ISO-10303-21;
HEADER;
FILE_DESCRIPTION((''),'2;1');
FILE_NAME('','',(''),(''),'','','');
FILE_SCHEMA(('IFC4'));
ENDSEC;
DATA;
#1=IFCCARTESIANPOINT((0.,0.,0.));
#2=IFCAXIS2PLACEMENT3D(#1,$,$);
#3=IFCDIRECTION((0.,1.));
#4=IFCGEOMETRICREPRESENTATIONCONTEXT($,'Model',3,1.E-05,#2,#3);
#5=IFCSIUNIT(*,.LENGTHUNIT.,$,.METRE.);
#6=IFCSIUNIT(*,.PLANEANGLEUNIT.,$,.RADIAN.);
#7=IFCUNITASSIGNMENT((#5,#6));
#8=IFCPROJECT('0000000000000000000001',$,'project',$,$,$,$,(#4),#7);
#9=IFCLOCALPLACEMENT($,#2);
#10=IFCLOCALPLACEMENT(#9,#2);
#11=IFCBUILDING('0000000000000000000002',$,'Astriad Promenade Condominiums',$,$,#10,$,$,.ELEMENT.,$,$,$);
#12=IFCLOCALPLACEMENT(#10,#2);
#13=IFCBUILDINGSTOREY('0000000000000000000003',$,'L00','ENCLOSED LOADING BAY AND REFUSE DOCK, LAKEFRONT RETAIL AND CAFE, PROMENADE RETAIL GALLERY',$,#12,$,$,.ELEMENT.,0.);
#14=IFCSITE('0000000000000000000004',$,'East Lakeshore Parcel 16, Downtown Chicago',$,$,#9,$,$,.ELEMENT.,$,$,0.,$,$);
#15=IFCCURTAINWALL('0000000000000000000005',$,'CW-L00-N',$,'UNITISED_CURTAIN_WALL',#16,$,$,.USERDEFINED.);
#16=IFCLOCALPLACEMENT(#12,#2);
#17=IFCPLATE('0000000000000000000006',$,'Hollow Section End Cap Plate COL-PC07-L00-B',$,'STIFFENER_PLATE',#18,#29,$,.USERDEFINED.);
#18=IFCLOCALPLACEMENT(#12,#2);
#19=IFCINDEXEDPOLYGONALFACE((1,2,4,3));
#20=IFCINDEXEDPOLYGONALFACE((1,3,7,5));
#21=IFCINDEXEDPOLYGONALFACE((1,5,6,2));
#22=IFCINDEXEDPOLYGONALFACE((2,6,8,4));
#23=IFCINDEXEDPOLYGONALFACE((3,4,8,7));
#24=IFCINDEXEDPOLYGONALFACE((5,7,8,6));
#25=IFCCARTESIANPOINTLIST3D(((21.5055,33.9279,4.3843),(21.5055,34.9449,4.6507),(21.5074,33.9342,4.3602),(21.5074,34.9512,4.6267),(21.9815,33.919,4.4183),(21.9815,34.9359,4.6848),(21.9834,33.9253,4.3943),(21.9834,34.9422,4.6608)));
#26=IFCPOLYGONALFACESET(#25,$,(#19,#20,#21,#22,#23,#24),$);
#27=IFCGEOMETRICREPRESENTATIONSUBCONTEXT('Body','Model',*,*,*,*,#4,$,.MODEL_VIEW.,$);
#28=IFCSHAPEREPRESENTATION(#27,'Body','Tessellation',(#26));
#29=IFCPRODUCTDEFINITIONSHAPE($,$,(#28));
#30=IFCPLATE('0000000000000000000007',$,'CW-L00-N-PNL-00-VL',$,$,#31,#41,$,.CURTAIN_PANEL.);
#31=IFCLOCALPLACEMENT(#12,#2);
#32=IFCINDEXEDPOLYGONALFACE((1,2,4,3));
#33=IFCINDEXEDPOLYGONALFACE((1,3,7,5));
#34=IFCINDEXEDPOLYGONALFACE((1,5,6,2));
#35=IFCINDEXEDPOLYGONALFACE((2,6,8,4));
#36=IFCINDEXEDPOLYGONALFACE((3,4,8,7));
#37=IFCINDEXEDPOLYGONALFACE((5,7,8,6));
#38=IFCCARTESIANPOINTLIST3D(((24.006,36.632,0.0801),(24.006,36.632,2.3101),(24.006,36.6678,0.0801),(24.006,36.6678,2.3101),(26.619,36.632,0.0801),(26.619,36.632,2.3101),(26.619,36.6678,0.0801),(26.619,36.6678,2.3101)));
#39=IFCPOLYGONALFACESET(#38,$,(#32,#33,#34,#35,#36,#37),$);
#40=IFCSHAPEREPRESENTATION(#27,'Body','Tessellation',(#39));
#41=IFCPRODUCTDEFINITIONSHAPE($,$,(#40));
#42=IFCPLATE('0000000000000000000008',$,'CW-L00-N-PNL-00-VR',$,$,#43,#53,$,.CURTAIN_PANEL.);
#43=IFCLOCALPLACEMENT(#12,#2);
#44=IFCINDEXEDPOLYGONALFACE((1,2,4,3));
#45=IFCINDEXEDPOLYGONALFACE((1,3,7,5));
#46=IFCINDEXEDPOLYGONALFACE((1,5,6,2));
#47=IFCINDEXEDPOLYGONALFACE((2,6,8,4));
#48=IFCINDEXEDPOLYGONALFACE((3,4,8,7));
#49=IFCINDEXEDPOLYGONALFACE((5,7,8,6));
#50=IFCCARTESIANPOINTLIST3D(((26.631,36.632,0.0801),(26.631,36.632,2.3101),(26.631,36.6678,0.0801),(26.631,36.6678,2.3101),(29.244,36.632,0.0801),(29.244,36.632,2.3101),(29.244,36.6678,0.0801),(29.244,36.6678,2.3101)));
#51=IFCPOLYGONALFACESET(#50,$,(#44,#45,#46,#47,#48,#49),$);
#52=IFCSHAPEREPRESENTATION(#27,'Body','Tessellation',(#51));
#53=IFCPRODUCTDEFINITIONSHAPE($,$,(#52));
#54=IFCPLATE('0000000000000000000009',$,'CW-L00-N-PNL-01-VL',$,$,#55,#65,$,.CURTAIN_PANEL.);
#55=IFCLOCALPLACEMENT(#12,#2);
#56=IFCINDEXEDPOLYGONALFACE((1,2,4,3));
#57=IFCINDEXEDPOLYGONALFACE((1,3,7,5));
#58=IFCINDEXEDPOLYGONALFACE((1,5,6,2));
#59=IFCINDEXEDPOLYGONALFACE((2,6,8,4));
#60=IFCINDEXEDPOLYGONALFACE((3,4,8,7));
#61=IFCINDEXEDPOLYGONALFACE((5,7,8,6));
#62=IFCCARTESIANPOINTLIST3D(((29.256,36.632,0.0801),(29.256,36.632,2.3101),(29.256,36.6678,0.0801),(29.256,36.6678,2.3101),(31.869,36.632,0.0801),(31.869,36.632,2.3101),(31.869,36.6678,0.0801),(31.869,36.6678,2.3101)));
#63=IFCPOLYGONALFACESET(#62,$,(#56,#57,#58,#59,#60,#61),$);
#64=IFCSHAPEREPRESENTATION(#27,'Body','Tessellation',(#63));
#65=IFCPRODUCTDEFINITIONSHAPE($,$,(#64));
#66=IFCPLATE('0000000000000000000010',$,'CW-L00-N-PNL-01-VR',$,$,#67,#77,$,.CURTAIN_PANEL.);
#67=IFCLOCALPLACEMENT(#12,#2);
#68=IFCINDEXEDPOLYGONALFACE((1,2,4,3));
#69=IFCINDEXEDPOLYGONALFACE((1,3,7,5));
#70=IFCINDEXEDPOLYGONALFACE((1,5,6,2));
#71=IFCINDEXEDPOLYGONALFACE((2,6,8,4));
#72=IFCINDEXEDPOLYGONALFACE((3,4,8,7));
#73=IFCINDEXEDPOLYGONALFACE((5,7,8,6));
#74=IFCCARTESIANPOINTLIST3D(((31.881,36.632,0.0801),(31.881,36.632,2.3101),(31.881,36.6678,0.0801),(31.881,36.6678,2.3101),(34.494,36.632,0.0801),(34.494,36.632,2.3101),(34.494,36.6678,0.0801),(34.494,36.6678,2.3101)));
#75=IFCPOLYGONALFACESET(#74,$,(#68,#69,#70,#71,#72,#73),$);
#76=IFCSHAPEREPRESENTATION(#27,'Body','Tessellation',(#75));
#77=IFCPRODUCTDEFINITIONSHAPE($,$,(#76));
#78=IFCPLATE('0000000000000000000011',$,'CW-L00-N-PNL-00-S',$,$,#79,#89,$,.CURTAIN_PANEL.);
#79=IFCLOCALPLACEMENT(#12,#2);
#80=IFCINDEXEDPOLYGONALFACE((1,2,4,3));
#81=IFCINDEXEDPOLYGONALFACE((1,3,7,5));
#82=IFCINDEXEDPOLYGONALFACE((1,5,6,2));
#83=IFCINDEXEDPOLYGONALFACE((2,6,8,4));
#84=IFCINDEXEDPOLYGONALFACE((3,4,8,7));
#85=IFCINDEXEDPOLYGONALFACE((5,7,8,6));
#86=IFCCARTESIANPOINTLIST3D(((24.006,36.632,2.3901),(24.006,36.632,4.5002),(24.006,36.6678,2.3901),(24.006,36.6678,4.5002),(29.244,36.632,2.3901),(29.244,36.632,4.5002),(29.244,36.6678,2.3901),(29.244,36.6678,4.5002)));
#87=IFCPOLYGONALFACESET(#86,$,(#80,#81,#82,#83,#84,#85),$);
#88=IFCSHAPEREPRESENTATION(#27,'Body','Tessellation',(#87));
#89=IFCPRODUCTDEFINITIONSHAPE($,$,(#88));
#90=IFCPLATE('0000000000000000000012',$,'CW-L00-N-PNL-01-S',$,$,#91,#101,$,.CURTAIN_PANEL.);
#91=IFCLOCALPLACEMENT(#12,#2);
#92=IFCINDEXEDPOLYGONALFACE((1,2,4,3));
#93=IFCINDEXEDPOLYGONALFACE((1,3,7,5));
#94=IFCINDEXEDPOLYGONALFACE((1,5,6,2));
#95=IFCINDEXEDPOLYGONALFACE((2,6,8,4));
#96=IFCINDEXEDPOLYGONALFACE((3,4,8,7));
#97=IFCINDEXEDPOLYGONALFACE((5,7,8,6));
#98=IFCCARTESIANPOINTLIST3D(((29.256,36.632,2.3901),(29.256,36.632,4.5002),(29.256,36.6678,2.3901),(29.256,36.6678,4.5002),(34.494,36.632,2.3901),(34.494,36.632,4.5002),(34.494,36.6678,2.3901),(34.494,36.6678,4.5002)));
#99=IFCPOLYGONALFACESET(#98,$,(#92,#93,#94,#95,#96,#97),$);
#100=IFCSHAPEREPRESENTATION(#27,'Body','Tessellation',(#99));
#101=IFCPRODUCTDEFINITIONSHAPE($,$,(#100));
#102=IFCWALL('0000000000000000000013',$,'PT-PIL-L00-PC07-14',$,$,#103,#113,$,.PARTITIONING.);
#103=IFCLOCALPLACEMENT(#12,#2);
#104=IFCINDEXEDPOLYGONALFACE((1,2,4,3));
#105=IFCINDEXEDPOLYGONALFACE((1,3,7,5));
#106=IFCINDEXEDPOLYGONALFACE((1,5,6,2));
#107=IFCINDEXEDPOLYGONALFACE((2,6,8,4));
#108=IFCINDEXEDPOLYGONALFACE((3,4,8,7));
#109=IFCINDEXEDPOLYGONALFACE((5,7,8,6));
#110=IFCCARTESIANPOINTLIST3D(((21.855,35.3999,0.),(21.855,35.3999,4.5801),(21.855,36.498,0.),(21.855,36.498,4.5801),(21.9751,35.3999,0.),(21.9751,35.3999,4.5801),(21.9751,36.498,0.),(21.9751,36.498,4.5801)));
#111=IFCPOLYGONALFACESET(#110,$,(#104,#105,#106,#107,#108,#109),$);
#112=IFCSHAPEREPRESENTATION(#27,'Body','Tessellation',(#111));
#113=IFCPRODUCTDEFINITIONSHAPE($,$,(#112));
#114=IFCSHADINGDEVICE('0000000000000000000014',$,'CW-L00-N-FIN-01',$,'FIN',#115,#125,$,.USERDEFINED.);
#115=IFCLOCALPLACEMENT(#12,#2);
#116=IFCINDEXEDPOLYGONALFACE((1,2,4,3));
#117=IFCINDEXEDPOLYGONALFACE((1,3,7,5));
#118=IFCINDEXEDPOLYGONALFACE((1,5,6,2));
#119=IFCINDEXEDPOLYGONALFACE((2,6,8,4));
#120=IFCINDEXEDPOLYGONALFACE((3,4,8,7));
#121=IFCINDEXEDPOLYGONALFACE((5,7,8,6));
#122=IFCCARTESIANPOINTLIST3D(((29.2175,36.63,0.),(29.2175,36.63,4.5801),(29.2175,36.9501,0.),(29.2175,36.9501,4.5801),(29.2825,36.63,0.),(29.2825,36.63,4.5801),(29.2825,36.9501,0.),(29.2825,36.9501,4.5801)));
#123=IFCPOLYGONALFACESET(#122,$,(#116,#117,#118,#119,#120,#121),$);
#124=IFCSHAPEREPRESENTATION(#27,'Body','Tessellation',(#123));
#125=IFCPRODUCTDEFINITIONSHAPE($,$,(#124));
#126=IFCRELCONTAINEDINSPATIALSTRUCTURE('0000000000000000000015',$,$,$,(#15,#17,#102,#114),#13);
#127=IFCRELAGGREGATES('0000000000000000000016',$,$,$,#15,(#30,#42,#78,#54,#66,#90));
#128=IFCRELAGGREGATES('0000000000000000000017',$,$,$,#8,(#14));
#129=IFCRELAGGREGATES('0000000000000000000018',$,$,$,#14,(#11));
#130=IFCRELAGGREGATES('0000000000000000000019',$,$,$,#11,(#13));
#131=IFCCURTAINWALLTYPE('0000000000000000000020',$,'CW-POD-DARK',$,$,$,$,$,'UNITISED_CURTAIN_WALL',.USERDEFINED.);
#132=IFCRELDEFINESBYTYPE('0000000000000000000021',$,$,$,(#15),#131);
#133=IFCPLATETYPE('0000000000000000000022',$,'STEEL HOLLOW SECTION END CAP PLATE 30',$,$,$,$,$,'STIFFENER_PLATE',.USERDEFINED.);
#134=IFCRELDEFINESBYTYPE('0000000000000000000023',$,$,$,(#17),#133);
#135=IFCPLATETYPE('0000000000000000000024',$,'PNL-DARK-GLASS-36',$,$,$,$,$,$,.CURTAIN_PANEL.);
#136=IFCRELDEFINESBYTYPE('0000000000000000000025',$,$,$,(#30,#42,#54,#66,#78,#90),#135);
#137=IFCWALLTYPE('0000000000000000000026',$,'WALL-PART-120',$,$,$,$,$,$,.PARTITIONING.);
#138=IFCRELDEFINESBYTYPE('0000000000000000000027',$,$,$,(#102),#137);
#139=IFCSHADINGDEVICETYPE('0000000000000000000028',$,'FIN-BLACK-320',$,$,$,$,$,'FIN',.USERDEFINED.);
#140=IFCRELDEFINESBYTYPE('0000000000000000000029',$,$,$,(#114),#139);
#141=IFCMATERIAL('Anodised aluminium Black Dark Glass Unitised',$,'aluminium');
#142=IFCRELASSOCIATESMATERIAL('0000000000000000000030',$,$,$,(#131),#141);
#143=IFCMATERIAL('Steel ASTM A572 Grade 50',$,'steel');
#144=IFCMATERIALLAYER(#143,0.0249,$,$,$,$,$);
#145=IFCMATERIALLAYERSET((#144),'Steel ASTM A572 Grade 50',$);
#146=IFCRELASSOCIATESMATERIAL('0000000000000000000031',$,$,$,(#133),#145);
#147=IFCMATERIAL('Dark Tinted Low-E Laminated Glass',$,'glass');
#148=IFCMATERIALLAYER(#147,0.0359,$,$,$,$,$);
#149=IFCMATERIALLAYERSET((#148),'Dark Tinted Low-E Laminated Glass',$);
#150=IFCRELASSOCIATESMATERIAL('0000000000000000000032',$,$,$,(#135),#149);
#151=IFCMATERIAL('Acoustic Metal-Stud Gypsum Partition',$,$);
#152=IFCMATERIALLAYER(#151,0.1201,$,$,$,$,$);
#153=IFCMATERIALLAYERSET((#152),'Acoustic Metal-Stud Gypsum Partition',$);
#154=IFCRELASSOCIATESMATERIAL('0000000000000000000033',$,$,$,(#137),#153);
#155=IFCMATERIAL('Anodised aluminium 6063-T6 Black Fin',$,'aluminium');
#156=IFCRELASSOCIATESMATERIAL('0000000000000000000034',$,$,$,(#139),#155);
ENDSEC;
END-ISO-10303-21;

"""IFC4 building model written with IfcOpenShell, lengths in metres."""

from ifc_helpers import new_model, si_unit, direction, frame, frame_2d, origin, origin_2d, place, context, subcontext, project, spatial, rectangle, extrude, source, transform, mapped, material, layer, layer_set, type_object, type_shapes, element, aggregate, save


model = new_model("IFC4")

# Units and contexts
model_context = context("Model", 3, precision=1e-05, world=origin(), true_north=direction((0.0, 1.0)))
body_context = subcontext(model_context, "Body", "Model", "MODEL_VIEW")
ifc_project = project(units=[si_unit("LENGTHUNIT", "METRE"), si_unit("PLANEANGLEUNIT", "RADIAN")], contexts=[model_context])

# Site, building, storey
site_placement = place(None, origin())
site = spatial("IfcSite", under=ifc_project, at=site_placement, Name="East Lakeshore Parcel 16, Downtown Chicago", CompositionType="ELEMENT", RefElevation=0.0)
building_placement = place(site_placement, origin())
building = spatial("IfcBuilding", under=site, at=building_placement, Name="Astriad Promenade Condominiums", CompositionType="ELEMENT")
storey_placement = place(building_placement, origin())
storey = spatial("IfcBuildingStorey", under=building, at=storey_placement, Name="L00", Description="ENCLOSED LOADING BAY AND REFUSE DOCK, LAKEFRONT RETAIL AND CAFE, PROMENADE RETAIL GALLERY", CompositionType="ELEMENT", Elevation=0.0)

# Curtain wall
ifc_material_1 = material(Name="Anodised aluminium Black Dark Glass Unitised", Category="aluminium")
curtain_wall_type = type_object("IfcCurtainWallType", Name="CW-POD-DARK", ElementType="UNITISED_CURTAIN_WALL", PredefinedType="USERDEFINED", material=ifc_material_1)
curtain_wall_placement = place(storey_placement, origin())
curtain_wall = element("IfcCurtainWall", 1, at=curtain_wall_placement, inside=storey, type_object=curtain_wall_type, Name="CW-L00-N", ObjectType="UNITISED_CURTAIN_WALL", PredefinedType="USERDEFINED")

# Plate
ifc_material_2 = material(Name="Steel ASTM A572 Grade 50", Category="steel")
ifc_layer_1 = layer(ifc_material_2, 0.0249)
ifc_layer_set_1 = layer_set([ifc_layer_1], Name="Steel ASTM A572 Grade 50")
plate_type_1 = type_object("IfcPlateType", Name="STEEL HOLLOW SECTION END CAP PLATE 30", ElementType="STIFFENER_PLATE", PredefinedType="USERDEFINED", material=ifc_layer_set_1)
shared_shape_1 = source(origin(), body_context, "Body", "SweptSolid", [
    extrude(rectangle(XDim=0.4773, YDim=1.0513, at=origin_2d()), origin(), (0.0, 0.0, 1.0), 0.0249),
])
type_shapes(plate_type_1, [shared_shape_1])
for number, where, z_axis, x_axis, name in (
    (2, (21.7454, 34.4382, 4.5105), (-0.073731, -0.252778, 0.964711), (1.0, 0.0, 0.0), "Hollow Section End Cap Plate COL-PC07-L00-B"),
):
    element("IfcPlate", number, at=place(storey_placement, frame(where, z_axis=z_axis, x_axis=x_axis)), inside=storey, type_object=plate_type_1, Name=name, ObjectType="STIFFENER_PLATE", PredefinedType="USERDEFINED", context=body_context, shape_type="MappedRepresentation", body=[
        mapped(shared_shape_1, transform((0.0, 0.0, 0.0), scale=1.0)),
    ])

# Plates
ifc_material_3 = material(Name="Dark Tinted Low-E Laminated Glass", Category="glass")
ifc_layer_2 = layer(ifc_material_3, 0.0359)
ifc_layer_set_2 = layer_set([ifc_layer_2], Name="Dark Tinted Low-E Laminated Glass")
plate_type_2 = type_object("IfcPlateType", Name="PNL-DARK-GLASS-36", PredefinedType="CURTAIN_PANEL", material=ifc_layer_set_2)
shared_shape_2 = source(origin(), body_context, "Body", "SweptSolid", [
    extrude(rectangle(XDim=2.613, YDim=0.0359, at=origin_2d()), origin(), (0.0, 0.0, 1.0), 2.23),
])
plate_1_placement = place(storey_placement, frame((25.3125, 36.6499, 0.0801), z_axis=(0.0, 0.0, 1.0), x_axis=(1.0, 0.0, 0.0)))
plate_1 = element("IfcPlate", 3, at=plate_1_placement, type_object=plate_type_2, Name="CW-L00-N-PNL-00-VL", PredefinedType="CURTAIN_PANEL", context=body_context, shape_type="MappedRepresentation", body=[
    mapped(shared_shape_2, transform((0.0, 0.0, 0.0), scale=1.0)),
])
plate_2_placement = place(storey_placement, frame((27.9375, 36.6499, 0.0801), z_axis=(0.0, 0.0, 1.0), x_axis=(1.0, 0.0, 0.0)))
plate_2 = element("IfcPlate", 4, at=plate_2_placement, type_object=plate_type_2, Name="CW-L00-N-PNL-00-VR", PredefinedType="CURTAIN_PANEL", context=body_context, shape_type="MappedRepresentation", body=[
    mapped(shared_shape_2, transform((0.0, 0.0, 0.0), scale=1.0)),
])
plate_3_placement = place(storey_placement, frame((30.5625, 36.6499, 0.0801), z_axis=(0.0, 0.0, 1.0), x_axis=(1.0, 0.0, 0.0)))
plate_3 = element("IfcPlate", 5, at=plate_3_placement, type_object=plate_type_2, Name="CW-L00-N-PNL-01-VL", PredefinedType="CURTAIN_PANEL", context=body_context, shape_type="MappedRepresentation", body=[
    mapped(shared_shape_2, transform((0.0, 0.0, 0.0), scale=1.0)),
])
plate_4_placement = place(storey_placement, frame((33.1875, 36.6499, 0.0801), z_axis=(0.0, 0.0, 1.0), x_axis=(1.0, 0.0, 0.0)))
plate_4 = element("IfcPlate", 6, at=plate_4_placement, type_object=plate_type_2, Name="CW-L00-N-PNL-01-VR", PredefinedType="CURTAIN_PANEL", context=body_context, shape_type="MappedRepresentation", body=[
    mapped(shared_shape_2, transform((0.0, 0.0, 0.0), scale=1.0)),
])
shared_shape_3 = source(origin(), body_context, "Body", "SweptSolid", [
    extrude(rectangle(XDim=5.238, YDim=0.0359, at=origin_2d()), origin(), (0.0, 0.0, 1.0), 2.1101),
])
type_shapes(plate_type_2, [shared_shape_2, shared_shape_3])
plate_5_placement = place(storey_placement, frame((26.625, 36.6499, 2.3901), z_axis=(0.0, 0.0, 1.0), x_axis=(1.0, 0.0, 0.0)))
plate_5 = element("IfcPlate", 7, at=plate_5_placement, type_object=plate_type_2, Name="CW-L00-N-PNL-00-S", PredefinedType="CURTAIN_PANEL", context=body_context, shape_type="MappedRepresentation", body=[
    mapped(shared_shape_3, transform((0.0, 0.0, 0.0), scale=1.0)),
])
plate_6_placement = place(storey_placement, frame((31.875, 36.6499, 2.3901), z_axis=(0.0, 0.0, 1.0), x_axis=(1.0, 0.0, 0.0)))
plate_6 = element("IfcPlate", 8, at=plate_6_placement, type_object=plate_type_2, Name="CW-L00-N-PNL-01-S", PredefinedType="CURTAIN_PANEL", context=body_context, shape_type="MappedRepresentation", body=[
    mapped(shared_shape_3, transform((0.0, 0.0, 0.0), scale=1.0)),
])
aggregate(curtain_wall, [plate_1, plate_2, plate_5, plate_3, plate_4, plate_6])

# Wall
ifc_material_4 = material(Name="Acoustic Metal-Stud Gypsum Partition")
ifc_layer_3 = layer(ifc_material_4, 0.1201)
ifc_layer_set_3 = layer_set([ifc_layer_3], Name="Acoustic Metal-Stud Gypsum Partition")
wall_type = type_object("IfcWallType", Name="WALL-PART-120", PredefinedType="PARTITIONING", material=ifc_layer_set_3)
wall_placement = place(storey_placement, frame((21.915, 35.3999, 0.0), z_axis=(0.0, 0.0, 1.0), x_axis=(0.0, 1.0, 0.0)))
element("IfcWall", 9, at=wall_placement, inside=storey, type_object=wall_type, Name="PT-PIL-L00-PC07-14", PredefinedType="PARTITIONING", context=body_context, shape_type="SweptSolid", body=[
    extrude(rectangle(XDim=1.0981, YDim=0.1201, at=frame_2d((0.5491, 0.0))), origin(), (0.0, 0.0, 1.0), 4.5801),
])

# Shading device
ifc_material_5 = material(Name="Anodised aluminium 6063-T6 Black Fin", Category="aluminium")
shading_device_type = type_object("IfcShadingDeviceType", Name="FIN-BLACK-320", ElementType="FIN", PredefinedType="USERDEFINED", material=ifc_material_5)
shared_shape_4 = source(origin(), body_context, "Body", "SweptSolid", [
    extrude(rectangle(XDim=0.0649, YDim=0.3201, at=origin_2d()), origin(), (0.0, 0.0, 1.0), 4.5801),
])
type_shapes(shading_device_type, [shared_shape_4])
shading_device_placement = place(storey_placement, frame((29.25, 36.79, 0.0), z_axis=(0.0, 0.0, 1.0), x_axis=(1.0, 0.0, 0.0)))
element("IfcShadingDevice", 10, at=shading_device_placement, inside=storey, type_object=shading_device_type, Name="CW-L00-N-FIN-01", ObjectType="FIN", PredefinedType="USERDEFINED", context=body_context, shape_type="MappedRepresentation", body=[
    mapped(shared_shape_4, transform((0.0, 0.0, 0.0), scale=1.0)),
])

save(model, "model.ifc")
